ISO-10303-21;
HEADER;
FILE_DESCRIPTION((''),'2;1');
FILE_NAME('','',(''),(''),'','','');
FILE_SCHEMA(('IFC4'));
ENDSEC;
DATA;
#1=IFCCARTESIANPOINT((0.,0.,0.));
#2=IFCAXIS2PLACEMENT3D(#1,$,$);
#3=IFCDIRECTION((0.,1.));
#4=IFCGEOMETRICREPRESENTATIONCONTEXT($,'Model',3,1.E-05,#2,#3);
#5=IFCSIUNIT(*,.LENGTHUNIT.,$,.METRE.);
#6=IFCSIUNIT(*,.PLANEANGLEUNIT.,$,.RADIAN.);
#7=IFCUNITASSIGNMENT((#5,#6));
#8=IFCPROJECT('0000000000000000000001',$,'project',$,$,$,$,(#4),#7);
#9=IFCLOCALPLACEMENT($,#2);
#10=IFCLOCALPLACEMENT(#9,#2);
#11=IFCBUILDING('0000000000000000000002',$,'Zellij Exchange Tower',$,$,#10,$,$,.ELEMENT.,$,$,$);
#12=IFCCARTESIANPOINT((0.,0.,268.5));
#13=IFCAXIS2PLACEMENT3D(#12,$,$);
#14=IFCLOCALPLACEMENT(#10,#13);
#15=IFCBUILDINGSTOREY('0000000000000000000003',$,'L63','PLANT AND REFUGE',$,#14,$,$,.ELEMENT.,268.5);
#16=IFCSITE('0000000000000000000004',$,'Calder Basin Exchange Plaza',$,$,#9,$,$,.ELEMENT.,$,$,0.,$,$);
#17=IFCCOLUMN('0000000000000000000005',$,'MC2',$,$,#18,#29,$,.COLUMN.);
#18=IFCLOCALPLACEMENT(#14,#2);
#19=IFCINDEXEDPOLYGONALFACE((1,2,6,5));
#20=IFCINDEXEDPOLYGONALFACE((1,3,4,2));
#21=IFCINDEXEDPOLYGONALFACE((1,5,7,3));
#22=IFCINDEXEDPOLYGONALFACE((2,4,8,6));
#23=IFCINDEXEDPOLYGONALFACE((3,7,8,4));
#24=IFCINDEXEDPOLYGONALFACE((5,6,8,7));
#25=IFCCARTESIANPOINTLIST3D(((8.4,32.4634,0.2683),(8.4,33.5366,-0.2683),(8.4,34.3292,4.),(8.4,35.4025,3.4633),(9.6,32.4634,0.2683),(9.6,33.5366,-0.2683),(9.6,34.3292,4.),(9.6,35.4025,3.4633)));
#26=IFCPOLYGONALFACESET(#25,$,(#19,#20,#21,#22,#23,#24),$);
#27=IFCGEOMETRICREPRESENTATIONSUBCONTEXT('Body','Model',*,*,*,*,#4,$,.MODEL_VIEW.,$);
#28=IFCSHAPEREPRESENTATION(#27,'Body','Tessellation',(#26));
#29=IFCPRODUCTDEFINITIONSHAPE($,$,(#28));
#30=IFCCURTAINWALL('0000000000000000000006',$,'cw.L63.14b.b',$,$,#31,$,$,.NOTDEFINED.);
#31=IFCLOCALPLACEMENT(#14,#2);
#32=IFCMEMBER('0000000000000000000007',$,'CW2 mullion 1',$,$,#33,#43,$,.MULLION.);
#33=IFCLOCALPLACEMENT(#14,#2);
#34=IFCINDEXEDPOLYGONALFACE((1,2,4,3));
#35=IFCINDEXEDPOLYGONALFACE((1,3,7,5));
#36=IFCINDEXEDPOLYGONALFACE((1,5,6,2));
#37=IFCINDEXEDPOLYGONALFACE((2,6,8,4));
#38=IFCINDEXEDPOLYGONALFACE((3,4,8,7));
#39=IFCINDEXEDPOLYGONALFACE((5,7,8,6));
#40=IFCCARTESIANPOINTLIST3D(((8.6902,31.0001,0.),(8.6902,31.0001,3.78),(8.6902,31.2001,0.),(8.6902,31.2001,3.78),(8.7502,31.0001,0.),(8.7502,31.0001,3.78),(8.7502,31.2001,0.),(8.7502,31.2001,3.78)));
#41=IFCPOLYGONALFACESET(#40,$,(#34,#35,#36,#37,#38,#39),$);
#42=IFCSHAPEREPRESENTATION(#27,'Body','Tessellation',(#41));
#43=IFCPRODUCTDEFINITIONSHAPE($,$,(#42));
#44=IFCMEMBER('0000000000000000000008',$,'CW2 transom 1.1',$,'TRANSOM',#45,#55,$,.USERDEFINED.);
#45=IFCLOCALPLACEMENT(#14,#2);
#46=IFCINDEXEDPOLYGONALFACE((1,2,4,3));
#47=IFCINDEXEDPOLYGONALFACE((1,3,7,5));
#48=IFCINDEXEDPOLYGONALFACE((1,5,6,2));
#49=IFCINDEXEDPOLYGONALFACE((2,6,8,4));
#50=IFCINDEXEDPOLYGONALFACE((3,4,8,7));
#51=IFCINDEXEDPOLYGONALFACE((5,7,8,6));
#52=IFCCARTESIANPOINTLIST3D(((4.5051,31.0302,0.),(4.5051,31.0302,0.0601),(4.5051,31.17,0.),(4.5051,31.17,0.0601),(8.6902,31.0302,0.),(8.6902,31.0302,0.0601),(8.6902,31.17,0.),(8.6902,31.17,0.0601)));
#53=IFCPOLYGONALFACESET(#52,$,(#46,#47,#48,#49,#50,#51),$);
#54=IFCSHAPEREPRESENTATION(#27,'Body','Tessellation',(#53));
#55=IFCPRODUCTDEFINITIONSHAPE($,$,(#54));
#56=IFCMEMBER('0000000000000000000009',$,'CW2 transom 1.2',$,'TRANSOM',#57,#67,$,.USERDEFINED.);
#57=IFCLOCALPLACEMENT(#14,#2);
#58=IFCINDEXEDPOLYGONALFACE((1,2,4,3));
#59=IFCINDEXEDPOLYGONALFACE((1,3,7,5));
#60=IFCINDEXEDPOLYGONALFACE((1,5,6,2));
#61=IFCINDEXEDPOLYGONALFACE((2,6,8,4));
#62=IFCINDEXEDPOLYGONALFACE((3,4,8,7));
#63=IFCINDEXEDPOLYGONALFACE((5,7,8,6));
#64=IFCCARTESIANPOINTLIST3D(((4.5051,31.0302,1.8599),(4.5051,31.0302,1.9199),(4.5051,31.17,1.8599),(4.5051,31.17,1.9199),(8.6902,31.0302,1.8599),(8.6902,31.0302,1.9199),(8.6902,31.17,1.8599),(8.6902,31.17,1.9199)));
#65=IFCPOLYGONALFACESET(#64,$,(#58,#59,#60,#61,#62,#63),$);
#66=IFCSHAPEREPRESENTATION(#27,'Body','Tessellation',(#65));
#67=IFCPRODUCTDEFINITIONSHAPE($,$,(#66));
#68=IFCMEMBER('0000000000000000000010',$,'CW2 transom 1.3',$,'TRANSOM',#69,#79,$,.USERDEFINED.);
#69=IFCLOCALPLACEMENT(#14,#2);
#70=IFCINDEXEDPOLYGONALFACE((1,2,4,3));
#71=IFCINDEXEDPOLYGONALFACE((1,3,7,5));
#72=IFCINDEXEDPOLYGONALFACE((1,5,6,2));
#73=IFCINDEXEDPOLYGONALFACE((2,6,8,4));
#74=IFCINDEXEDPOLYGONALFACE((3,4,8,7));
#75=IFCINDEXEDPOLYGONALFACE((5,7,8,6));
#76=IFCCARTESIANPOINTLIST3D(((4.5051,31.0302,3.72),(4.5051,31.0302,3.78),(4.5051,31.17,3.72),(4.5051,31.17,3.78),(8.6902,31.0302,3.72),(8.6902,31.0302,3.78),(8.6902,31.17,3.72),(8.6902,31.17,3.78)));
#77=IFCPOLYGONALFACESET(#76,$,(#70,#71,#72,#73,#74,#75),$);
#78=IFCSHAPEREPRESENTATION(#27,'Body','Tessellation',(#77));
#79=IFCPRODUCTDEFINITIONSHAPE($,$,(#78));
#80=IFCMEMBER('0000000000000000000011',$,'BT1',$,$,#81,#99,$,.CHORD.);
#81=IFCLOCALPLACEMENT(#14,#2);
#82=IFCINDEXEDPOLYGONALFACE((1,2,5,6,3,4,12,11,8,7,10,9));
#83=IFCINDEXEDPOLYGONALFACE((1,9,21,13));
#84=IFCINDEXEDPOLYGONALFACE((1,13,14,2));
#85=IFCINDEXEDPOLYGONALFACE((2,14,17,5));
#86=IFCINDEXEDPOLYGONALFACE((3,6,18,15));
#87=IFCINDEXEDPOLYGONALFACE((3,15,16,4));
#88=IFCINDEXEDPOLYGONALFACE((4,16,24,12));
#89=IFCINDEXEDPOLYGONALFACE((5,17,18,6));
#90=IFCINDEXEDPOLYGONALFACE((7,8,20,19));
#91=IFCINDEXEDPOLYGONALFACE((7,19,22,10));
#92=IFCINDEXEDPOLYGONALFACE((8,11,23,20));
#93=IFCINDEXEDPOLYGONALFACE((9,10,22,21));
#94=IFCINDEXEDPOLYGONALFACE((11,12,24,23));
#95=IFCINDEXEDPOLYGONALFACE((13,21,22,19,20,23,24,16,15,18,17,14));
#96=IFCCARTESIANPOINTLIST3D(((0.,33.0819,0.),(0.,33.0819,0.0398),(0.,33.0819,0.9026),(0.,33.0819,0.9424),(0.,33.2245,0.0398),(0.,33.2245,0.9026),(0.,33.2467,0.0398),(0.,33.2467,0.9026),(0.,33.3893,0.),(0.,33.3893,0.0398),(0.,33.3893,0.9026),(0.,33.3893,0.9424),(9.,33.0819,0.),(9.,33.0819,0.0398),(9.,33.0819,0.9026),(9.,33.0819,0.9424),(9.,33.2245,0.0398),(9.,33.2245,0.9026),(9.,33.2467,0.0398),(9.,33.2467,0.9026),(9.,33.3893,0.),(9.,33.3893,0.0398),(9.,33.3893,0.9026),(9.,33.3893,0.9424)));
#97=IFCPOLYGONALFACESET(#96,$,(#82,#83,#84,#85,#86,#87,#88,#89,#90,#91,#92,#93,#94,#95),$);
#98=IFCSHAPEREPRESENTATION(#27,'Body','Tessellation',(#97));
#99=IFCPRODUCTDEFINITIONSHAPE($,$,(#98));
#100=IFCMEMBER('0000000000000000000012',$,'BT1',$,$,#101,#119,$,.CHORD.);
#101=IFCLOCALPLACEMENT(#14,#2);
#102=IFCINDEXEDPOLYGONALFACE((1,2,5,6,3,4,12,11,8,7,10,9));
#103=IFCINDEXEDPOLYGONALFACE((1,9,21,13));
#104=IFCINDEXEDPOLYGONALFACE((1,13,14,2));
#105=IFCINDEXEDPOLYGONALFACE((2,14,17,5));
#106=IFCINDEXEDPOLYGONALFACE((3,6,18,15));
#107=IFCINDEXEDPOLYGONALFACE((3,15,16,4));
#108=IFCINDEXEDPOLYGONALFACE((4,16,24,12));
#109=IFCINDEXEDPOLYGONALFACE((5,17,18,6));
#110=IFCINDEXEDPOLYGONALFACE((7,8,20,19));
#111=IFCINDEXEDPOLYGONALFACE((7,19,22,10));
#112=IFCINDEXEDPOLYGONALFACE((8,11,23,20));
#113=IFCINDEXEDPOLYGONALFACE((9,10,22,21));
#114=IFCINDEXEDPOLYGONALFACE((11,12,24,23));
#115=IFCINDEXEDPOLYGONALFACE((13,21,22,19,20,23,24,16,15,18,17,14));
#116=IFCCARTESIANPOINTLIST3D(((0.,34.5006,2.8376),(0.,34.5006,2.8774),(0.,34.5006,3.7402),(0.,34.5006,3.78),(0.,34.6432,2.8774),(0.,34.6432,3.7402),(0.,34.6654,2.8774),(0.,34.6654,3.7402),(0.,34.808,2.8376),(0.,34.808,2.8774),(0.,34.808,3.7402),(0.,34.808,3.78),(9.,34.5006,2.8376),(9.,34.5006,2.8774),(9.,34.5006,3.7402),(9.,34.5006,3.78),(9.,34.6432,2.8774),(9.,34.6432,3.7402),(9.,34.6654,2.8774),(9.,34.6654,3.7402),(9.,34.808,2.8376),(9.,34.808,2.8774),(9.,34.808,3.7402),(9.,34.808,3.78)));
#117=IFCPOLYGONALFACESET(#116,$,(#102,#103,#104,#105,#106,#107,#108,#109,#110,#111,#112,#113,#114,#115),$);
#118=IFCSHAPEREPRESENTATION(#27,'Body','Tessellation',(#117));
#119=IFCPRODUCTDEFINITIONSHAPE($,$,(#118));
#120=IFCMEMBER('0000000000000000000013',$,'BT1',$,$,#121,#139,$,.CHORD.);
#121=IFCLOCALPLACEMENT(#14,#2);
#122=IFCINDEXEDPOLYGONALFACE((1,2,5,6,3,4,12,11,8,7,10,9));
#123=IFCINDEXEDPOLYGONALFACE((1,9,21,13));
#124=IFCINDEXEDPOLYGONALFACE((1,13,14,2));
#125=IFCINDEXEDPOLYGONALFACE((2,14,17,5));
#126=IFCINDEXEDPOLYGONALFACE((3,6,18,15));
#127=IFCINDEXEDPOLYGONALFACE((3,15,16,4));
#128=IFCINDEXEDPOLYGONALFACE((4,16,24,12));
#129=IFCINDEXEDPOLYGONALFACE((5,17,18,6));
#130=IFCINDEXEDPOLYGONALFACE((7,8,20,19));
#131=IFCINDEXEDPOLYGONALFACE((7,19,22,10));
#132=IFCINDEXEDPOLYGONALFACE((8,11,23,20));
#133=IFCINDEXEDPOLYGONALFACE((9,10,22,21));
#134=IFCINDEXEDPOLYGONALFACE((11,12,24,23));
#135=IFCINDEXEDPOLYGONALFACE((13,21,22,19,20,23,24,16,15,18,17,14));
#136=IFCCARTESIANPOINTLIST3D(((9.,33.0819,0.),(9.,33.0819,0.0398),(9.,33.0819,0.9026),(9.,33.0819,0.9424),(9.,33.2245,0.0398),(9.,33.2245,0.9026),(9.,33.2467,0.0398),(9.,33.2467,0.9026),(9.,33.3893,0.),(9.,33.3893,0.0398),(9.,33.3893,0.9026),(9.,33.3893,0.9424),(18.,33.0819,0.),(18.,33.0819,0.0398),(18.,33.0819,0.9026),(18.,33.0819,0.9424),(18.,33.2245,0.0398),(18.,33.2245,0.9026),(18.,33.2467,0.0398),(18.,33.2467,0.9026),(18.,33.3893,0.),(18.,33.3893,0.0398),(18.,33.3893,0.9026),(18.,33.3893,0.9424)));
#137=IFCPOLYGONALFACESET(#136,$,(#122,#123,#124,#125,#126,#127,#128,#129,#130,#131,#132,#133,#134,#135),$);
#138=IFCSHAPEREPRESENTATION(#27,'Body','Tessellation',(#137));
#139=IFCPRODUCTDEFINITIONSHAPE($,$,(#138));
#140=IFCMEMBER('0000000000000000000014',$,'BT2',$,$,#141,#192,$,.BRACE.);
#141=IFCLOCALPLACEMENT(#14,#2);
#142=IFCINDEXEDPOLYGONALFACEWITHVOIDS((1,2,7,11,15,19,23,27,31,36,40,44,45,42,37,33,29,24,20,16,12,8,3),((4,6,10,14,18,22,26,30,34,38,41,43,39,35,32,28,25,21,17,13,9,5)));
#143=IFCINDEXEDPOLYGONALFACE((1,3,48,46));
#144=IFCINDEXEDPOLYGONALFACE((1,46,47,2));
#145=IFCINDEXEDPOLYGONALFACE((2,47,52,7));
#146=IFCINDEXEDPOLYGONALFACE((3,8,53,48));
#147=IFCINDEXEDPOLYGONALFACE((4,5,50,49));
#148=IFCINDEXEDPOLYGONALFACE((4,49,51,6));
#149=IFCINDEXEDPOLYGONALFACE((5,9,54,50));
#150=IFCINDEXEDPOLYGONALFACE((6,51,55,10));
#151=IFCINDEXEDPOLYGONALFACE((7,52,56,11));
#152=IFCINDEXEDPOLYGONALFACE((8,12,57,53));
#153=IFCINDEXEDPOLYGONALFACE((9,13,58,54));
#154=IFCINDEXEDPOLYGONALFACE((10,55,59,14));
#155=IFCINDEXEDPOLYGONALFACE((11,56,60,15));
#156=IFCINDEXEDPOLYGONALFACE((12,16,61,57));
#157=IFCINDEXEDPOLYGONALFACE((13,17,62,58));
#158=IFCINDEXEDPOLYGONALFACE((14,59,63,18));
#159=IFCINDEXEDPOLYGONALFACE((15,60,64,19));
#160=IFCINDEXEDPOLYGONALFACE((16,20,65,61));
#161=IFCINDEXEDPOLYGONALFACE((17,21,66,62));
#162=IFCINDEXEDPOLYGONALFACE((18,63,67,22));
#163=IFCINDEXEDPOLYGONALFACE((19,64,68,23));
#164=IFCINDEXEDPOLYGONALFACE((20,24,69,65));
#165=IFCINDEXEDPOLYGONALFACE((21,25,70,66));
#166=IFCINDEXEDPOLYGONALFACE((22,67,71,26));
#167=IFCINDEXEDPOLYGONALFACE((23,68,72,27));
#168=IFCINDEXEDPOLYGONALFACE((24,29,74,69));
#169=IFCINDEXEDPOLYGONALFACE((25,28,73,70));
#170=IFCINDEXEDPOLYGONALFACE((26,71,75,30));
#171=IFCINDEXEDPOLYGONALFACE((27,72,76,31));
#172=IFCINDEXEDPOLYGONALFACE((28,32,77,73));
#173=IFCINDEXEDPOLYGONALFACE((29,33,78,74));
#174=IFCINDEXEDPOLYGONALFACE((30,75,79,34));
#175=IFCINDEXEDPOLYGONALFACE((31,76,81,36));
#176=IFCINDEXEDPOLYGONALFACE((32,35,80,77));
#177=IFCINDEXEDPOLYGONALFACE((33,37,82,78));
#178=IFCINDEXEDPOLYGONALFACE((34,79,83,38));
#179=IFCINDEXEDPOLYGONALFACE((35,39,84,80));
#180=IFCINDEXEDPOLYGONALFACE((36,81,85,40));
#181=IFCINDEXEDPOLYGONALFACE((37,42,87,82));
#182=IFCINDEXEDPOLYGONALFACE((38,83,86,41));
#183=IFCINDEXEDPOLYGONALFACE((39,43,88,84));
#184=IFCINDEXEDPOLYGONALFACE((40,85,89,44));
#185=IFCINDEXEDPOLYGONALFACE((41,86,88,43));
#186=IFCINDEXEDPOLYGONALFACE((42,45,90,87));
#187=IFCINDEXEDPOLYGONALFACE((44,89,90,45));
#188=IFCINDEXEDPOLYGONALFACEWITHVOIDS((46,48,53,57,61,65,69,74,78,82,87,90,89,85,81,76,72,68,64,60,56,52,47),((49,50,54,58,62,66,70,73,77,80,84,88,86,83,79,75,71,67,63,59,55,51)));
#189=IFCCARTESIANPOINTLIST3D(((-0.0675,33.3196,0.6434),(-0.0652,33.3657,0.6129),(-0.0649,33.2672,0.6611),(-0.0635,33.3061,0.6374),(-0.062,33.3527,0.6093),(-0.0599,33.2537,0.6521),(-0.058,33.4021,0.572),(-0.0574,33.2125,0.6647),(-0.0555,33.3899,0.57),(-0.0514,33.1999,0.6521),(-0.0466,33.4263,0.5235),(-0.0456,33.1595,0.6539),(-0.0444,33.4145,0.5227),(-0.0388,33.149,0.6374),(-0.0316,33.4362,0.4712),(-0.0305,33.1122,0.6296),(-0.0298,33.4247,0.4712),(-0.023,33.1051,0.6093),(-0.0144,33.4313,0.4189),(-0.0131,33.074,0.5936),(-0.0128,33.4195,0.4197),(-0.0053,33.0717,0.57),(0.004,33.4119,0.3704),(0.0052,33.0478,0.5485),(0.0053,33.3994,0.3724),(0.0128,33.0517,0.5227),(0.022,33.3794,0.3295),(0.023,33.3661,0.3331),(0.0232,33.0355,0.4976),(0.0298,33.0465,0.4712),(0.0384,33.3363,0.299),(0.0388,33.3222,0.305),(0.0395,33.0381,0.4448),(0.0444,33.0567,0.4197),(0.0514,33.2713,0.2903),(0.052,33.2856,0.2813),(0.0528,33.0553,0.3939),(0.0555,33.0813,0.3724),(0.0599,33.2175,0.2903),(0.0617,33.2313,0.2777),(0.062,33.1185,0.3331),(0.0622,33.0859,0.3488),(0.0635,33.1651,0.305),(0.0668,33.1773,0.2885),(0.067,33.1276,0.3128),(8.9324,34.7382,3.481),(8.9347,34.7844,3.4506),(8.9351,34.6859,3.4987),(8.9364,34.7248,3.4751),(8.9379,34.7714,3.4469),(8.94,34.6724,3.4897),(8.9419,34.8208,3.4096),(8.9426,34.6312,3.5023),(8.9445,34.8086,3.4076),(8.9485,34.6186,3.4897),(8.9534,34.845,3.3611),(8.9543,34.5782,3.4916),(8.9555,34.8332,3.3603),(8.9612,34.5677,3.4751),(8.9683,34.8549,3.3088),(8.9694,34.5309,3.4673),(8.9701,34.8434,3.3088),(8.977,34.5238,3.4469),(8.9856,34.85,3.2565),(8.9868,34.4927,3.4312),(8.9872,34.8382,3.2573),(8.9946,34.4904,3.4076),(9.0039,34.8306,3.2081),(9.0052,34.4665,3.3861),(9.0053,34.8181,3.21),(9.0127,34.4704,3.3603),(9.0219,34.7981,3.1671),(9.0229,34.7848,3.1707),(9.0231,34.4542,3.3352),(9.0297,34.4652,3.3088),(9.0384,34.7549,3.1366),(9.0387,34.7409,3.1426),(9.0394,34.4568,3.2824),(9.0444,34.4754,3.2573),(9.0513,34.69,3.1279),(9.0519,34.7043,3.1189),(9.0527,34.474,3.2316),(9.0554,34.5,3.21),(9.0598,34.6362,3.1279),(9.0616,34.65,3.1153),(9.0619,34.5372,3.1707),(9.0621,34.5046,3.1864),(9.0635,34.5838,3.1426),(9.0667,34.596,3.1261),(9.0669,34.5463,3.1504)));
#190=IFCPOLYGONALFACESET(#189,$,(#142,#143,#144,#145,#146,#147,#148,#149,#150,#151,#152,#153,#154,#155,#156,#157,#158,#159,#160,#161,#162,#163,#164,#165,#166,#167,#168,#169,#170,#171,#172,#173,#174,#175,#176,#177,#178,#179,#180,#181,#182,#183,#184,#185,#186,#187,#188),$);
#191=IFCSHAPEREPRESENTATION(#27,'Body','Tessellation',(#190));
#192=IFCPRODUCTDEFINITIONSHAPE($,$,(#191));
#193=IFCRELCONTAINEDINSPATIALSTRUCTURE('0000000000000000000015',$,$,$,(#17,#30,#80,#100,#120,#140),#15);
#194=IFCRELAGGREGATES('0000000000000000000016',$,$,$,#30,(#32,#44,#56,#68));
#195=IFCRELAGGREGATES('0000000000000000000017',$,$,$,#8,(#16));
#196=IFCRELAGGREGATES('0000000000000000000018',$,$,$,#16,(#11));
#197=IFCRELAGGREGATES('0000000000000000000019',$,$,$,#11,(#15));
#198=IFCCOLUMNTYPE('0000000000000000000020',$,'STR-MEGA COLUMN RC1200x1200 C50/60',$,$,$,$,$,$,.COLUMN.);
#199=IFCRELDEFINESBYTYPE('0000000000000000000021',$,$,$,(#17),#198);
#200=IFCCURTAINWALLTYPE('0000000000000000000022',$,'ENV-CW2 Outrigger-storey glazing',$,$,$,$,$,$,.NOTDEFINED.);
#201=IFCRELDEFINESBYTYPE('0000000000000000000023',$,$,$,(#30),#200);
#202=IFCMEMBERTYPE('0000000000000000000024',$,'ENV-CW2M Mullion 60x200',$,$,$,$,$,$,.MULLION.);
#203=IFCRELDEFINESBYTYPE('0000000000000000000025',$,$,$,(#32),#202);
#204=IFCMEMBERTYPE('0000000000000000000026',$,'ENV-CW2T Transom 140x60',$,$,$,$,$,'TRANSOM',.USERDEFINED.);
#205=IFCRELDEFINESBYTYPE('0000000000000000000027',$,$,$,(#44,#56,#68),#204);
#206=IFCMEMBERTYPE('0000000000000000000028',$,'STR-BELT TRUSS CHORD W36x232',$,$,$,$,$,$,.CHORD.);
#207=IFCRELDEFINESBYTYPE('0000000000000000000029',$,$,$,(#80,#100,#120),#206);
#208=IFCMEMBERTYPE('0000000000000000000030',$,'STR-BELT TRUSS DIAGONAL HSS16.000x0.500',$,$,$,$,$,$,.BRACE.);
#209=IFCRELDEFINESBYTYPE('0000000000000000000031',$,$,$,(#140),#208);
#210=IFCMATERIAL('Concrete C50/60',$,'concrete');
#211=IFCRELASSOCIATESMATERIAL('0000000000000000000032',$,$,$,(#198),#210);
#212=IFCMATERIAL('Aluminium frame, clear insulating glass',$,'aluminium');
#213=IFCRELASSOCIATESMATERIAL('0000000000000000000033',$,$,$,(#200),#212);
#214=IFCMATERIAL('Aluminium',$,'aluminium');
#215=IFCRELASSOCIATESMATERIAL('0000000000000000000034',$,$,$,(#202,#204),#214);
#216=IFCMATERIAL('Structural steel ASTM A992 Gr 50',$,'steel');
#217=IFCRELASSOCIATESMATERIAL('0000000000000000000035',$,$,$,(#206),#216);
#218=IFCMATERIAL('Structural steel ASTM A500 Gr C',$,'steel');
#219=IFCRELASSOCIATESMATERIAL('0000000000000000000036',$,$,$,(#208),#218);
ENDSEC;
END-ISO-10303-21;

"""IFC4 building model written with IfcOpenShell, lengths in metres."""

from ifc_helpers import new_model, si_unit, direction, frame, origin, origin_2d, place, context, subcontext, project, spatial, rectangle, hollow_circle, i_section, extrude, clip, halfspace, material, material_profile, profile_set, type_object, element, aggregate, save


model = new_model("IFC4")

# Units and contexts
model_context = context("Model", 3, precision=1e-05, world=origin(), true_north=direction((0.0, 1.0)))
body_context = subcontext(model_context, "Body", "Model", "MODEL_VIEW")
ifc_project = project(units=[si_unit("LENGTHUNIT", "METRE"), si_unit("PLANEANGLEUNIT", "RADIAN")], contexts=[model_context])

# Site, building, storey
site_placement = place(None, origin())
site = spatial("IfcSite", under=ifc_project, at=site_placement, Name="Calder Basin Exchange Plaza", CompositionType="ELEMENT", RefElevation=0.0)
building_placement = place(site_placement, origin())
building = spatial("IfcBuilding", under=site, at=building_placement, Name="Zellij Exchange Tower", CompositionType="ELEMENT")
storey_placement = place(building_placement, frame((0.0, 0.0, 268.5)))
storey = spatial("IfcBuildingStorey", under=building, at=storey_placement, Name="L63", Description="PLANT AND REFUGE", CompositionType="ELEMENT", Elevation=268.5)

# Column
ifc_material_1 = material(Name="Concrete C50/60", Category="concrete")
ifc_material_profile_1 = material_profile(ifc_material_1, rectangle(XDim=1.2, YDim=1.2, at=origin_2d()), Name="STR-MEGA COLUMN RC1200x1200 C50/60")
ifc_profile_set_1 = profile_set([ifc_material_profile_1], Name="Concrete C50/60")
column_type = type_object("IfcColumnType", Name="STR-MEGA COLUMN RC1200x1200 C50/60", PredefinedType="COLUMN", material=ifc_profile_set_1)
column_placement = place(storey_placement, frame((9.0, 33.0, 0.0), z_axis=(0.0, 0.447214, 0.894427), x_axis=(-1.0, 0.0, 0.0)))
element("IfcColumn", 1, at=column_placement, inside=storey, type_object=column_type, Name="MC2", PredefinedType="COLUMN", context=body_context, shape_type="Clipping", body=[
    clip(extrude(rectangle(XDim=1.2, YDim=1.2, at=origin_2d()), origin(), (0.0, 0.0, 1.0), 4.4722), halfspace(frame((0.0, 0.0, 4.1721)), False)),
])

# Curtain wall, members
ifc_material_2 = material(Name="Aluminium frame, clear insulating glass", Category="aluminium")
curtain_wall_type = type_object("IfcCurtainWallType", Name="ENV-CW2 Outrigger-storey glazing", PredefinedType="NOTDEFINED", material=ifc_material_2)
curtain_wall_placement = place(storey_placement, origin())
curtain_wall = element("IfcCurtainWall", 2, at=curtain_wall_placement, inside=storey, type_object=curtain_wall_type, Name="cw.L63.14b.b", PredefinedType="NOTDEFINED")
ifc_material_3 = material(Name="Aluminium", Category="aluminium")
ifc_material_profile_2 = material_profile(ifc_material_3, rectangle(XDim=0.0601, YDim=0.2, at=origin_2d()), Name="AL 60x200")
ifc_profile_set_2 = profile_set([ifc_material_profile_2], Name="Aluminium")
member_type_1 = type_object("IfcMemberType", Name="ENV-CW2M Mullion 60x200", PredefinedType="MULLION", material=ifc_profile_set_2)
member_1_placement = place(storey_placement, frame((8.7202, 31.1001, 0.0), z_axis=(0.0, 0.0, 1.0), x_axis=(-1.0, 0.0, 0.0)))
member_1 = element("IfcMember", 3, at=member_1_placement, type_object=member_type_1, Name="CW2 mullion 1", PredefinedType="MULLION", context=body_context, shape_type="SweptSolid", body=[
    extrude(rectangle(XDim=0.0601, YDim=0.2, at=origin_2d()), origin(), (0.0, 0.0, 1.0), 3.78),
])
ifc_material_profile_3 = material_profile(ifc_material_3, rectangle(XDim=0.1399, YDim=0.0601, at=origin_2d()), Name="AL 140x60")
ifc_profile_set_3 = profile_set([ifc_material_profile_3], Name="Aluminium")
member_type_2 = type_object("IfcMemberType", Name="ENV-CW2T Transom 140x60", ElementType="TRANSOM", PredefinedType="USERDEFINED", material=ifc_profile_set_3)
member_2_placement = place(storey_placement, frame((8.6902, 31.1001, 0.03), z_axis=(-1.0, 0.0, 0.0), x_axis=(0.0, -1.0, 0.0)))
member_2 = element("IfcMember", 4, at=member_2_placement, type_object=member_type_2, Name="CW2 transom 1.1", ObjectType="TRANSOM", PredefinedType="USERDEFINED", context=body_context, shape_type="SweptSolid", body=[
    extrude(rectangle(XDim=0.1399, YDim=0.0601, at=origin_2d()), origin(), (0.0, 0.0, 1.0), 4.1851),
])
member_3_placement = place(storey_placement, frame((8.6902, 31.1001, 1.8899), z_axis=(-1.0, 0.0, 0.0), x_axis=(0.0, -1.0, 0.0)))
member_3 = element("IfcMember", 5, at=member_3_placement, type_object=member_type_2, Name="CW2 transom 1.2", ObjectType="TRANSOM", PredefinedType="USERDEFINED", context=body_context, shape_type="SweptSolid", body=[
    extrude(rectangle(XDim=0.1399, YDim=0.0601, at=origin_2d()), origin(), (0.0, 0.0, 1.0), 4.1851),
])
member_4_placement = place(storey_placement, frame((8.6902, 31.1001, 3.75), z_axis=(-1.0, 0.0, 0.0), x_axis=(0.0, -1.0, 0.0)))
member_4 = element("IfcMember", 6, at=member_4_placement, type_object=member_type_2, Name="CW2 transom 1.3", ObjectType="TRANSOM", PredefinedType="USERDEFINED", context=body_context, shape_type="SweptSolid", body=[
    extrude(rectangle(XDim=0.1399, YDim=0.0601, at=origin_2d()), origin(), (0.0, 0.0, 1.0), 4.1851),
])

# Members
ifc_material_4 = material(Name="Structural steel ASTM A992 Gr 50", Category="steel")
ifc_material_profile_4 = material_profile(ifc_material_4, i_section(OverallWidth=0.3074, OverallDepth=0.9424, WebThickness=0.0222, FlangeThickness=0.0398, at=origin_2d()), Name="W36x232")
ifc_profile_set_4 = profile_set([ifc_material_profile_4], Name="Structural steel ASTM A992 Gr 50")
member_type_3 = type_object("IfcMemberType", Name="STR-BELT TRUSS CHORD W36x232", PredefinedType="CHORD", material=ifc_profile_set_4)
for number, where, z_axis, x_axis, name in (
    (7, (0.0, 33.2356, 0.4712), (1.0, 0.0, 0.0), (0.0, 1.0, 0.0), "BT1"),
    (8, (0.0, 34.6543, 3.3088), (1.0, 0.0, 0.0), (0.0, 1.0, 0.0), "BT1"),
    (9, (9.0, 33.2356, 0.4712), (1.0, 0.0, 0.0), (0.0, 1.0, 0.0), "BT1"),
):
    element("IfcMember", number, at=place(storey_placement, frame(where, z_axis=z_axis, x_axis=x_axis)), inside=storey, type_object=member_type_3, Name=name, PredefinedType="CHORD", context=body_context, shape_type="SweptSolid", body=[
        extrude(i_section(OverallWidth=0.3074, OverallDepth=0.9424, WebThickness=0.0222, FlangeThickness=0.0398, at=origin_2d()), origin(), (0.0, 0.0, 1.0), 9.0),
    ])
ifc_material_5 = material(Name="Structural steel ASTM A500 Gr C", Category="steel")
ifc_material_profile_5 = material_profile(ifc_material_5, hollow_circle(Radius=0.2031, WallThickness=0.0117, at=origin_2d()), Name="STR-BELT TRUSS DIAGONAL HSS16.000x0.500")
ifc_profile_set_5 = profile_set([ifc_material_profile_5], Name="Structural steel ASTM A500 Gr C")
member_type_4 = type_object("IfcMemberType", Name="STR-BELT TRUSS DIAGONAL HSS16.000x0.500", PredefinedType="BRACE", material=ifc_profile_set_5)
member_5_placement = place(storey_placement, frame((0.0, 33.2356, 0.4712), z_axis=(0.94312, 0.148667, 0.29736), x_axis=(-0.155711, 0.987803, 0.0)))
element("IfcMember", 10, at=member_5_placement, inside=storey, type_object=member_type_4, Name="BT2", PredefinedType="BRACE", context=body_context, shape_type="SweptSolid", body=[
    extrude(hollow_circle(Radius=0.2031, WallThickness=0.0117, at=origin_2d()), origin(), (0.0, 0.0, 1.0), 9.5427),
])

aggregate(curtain_wall, [member_1, member_2, member_3, member_4])

save(model, "model.ifc")
